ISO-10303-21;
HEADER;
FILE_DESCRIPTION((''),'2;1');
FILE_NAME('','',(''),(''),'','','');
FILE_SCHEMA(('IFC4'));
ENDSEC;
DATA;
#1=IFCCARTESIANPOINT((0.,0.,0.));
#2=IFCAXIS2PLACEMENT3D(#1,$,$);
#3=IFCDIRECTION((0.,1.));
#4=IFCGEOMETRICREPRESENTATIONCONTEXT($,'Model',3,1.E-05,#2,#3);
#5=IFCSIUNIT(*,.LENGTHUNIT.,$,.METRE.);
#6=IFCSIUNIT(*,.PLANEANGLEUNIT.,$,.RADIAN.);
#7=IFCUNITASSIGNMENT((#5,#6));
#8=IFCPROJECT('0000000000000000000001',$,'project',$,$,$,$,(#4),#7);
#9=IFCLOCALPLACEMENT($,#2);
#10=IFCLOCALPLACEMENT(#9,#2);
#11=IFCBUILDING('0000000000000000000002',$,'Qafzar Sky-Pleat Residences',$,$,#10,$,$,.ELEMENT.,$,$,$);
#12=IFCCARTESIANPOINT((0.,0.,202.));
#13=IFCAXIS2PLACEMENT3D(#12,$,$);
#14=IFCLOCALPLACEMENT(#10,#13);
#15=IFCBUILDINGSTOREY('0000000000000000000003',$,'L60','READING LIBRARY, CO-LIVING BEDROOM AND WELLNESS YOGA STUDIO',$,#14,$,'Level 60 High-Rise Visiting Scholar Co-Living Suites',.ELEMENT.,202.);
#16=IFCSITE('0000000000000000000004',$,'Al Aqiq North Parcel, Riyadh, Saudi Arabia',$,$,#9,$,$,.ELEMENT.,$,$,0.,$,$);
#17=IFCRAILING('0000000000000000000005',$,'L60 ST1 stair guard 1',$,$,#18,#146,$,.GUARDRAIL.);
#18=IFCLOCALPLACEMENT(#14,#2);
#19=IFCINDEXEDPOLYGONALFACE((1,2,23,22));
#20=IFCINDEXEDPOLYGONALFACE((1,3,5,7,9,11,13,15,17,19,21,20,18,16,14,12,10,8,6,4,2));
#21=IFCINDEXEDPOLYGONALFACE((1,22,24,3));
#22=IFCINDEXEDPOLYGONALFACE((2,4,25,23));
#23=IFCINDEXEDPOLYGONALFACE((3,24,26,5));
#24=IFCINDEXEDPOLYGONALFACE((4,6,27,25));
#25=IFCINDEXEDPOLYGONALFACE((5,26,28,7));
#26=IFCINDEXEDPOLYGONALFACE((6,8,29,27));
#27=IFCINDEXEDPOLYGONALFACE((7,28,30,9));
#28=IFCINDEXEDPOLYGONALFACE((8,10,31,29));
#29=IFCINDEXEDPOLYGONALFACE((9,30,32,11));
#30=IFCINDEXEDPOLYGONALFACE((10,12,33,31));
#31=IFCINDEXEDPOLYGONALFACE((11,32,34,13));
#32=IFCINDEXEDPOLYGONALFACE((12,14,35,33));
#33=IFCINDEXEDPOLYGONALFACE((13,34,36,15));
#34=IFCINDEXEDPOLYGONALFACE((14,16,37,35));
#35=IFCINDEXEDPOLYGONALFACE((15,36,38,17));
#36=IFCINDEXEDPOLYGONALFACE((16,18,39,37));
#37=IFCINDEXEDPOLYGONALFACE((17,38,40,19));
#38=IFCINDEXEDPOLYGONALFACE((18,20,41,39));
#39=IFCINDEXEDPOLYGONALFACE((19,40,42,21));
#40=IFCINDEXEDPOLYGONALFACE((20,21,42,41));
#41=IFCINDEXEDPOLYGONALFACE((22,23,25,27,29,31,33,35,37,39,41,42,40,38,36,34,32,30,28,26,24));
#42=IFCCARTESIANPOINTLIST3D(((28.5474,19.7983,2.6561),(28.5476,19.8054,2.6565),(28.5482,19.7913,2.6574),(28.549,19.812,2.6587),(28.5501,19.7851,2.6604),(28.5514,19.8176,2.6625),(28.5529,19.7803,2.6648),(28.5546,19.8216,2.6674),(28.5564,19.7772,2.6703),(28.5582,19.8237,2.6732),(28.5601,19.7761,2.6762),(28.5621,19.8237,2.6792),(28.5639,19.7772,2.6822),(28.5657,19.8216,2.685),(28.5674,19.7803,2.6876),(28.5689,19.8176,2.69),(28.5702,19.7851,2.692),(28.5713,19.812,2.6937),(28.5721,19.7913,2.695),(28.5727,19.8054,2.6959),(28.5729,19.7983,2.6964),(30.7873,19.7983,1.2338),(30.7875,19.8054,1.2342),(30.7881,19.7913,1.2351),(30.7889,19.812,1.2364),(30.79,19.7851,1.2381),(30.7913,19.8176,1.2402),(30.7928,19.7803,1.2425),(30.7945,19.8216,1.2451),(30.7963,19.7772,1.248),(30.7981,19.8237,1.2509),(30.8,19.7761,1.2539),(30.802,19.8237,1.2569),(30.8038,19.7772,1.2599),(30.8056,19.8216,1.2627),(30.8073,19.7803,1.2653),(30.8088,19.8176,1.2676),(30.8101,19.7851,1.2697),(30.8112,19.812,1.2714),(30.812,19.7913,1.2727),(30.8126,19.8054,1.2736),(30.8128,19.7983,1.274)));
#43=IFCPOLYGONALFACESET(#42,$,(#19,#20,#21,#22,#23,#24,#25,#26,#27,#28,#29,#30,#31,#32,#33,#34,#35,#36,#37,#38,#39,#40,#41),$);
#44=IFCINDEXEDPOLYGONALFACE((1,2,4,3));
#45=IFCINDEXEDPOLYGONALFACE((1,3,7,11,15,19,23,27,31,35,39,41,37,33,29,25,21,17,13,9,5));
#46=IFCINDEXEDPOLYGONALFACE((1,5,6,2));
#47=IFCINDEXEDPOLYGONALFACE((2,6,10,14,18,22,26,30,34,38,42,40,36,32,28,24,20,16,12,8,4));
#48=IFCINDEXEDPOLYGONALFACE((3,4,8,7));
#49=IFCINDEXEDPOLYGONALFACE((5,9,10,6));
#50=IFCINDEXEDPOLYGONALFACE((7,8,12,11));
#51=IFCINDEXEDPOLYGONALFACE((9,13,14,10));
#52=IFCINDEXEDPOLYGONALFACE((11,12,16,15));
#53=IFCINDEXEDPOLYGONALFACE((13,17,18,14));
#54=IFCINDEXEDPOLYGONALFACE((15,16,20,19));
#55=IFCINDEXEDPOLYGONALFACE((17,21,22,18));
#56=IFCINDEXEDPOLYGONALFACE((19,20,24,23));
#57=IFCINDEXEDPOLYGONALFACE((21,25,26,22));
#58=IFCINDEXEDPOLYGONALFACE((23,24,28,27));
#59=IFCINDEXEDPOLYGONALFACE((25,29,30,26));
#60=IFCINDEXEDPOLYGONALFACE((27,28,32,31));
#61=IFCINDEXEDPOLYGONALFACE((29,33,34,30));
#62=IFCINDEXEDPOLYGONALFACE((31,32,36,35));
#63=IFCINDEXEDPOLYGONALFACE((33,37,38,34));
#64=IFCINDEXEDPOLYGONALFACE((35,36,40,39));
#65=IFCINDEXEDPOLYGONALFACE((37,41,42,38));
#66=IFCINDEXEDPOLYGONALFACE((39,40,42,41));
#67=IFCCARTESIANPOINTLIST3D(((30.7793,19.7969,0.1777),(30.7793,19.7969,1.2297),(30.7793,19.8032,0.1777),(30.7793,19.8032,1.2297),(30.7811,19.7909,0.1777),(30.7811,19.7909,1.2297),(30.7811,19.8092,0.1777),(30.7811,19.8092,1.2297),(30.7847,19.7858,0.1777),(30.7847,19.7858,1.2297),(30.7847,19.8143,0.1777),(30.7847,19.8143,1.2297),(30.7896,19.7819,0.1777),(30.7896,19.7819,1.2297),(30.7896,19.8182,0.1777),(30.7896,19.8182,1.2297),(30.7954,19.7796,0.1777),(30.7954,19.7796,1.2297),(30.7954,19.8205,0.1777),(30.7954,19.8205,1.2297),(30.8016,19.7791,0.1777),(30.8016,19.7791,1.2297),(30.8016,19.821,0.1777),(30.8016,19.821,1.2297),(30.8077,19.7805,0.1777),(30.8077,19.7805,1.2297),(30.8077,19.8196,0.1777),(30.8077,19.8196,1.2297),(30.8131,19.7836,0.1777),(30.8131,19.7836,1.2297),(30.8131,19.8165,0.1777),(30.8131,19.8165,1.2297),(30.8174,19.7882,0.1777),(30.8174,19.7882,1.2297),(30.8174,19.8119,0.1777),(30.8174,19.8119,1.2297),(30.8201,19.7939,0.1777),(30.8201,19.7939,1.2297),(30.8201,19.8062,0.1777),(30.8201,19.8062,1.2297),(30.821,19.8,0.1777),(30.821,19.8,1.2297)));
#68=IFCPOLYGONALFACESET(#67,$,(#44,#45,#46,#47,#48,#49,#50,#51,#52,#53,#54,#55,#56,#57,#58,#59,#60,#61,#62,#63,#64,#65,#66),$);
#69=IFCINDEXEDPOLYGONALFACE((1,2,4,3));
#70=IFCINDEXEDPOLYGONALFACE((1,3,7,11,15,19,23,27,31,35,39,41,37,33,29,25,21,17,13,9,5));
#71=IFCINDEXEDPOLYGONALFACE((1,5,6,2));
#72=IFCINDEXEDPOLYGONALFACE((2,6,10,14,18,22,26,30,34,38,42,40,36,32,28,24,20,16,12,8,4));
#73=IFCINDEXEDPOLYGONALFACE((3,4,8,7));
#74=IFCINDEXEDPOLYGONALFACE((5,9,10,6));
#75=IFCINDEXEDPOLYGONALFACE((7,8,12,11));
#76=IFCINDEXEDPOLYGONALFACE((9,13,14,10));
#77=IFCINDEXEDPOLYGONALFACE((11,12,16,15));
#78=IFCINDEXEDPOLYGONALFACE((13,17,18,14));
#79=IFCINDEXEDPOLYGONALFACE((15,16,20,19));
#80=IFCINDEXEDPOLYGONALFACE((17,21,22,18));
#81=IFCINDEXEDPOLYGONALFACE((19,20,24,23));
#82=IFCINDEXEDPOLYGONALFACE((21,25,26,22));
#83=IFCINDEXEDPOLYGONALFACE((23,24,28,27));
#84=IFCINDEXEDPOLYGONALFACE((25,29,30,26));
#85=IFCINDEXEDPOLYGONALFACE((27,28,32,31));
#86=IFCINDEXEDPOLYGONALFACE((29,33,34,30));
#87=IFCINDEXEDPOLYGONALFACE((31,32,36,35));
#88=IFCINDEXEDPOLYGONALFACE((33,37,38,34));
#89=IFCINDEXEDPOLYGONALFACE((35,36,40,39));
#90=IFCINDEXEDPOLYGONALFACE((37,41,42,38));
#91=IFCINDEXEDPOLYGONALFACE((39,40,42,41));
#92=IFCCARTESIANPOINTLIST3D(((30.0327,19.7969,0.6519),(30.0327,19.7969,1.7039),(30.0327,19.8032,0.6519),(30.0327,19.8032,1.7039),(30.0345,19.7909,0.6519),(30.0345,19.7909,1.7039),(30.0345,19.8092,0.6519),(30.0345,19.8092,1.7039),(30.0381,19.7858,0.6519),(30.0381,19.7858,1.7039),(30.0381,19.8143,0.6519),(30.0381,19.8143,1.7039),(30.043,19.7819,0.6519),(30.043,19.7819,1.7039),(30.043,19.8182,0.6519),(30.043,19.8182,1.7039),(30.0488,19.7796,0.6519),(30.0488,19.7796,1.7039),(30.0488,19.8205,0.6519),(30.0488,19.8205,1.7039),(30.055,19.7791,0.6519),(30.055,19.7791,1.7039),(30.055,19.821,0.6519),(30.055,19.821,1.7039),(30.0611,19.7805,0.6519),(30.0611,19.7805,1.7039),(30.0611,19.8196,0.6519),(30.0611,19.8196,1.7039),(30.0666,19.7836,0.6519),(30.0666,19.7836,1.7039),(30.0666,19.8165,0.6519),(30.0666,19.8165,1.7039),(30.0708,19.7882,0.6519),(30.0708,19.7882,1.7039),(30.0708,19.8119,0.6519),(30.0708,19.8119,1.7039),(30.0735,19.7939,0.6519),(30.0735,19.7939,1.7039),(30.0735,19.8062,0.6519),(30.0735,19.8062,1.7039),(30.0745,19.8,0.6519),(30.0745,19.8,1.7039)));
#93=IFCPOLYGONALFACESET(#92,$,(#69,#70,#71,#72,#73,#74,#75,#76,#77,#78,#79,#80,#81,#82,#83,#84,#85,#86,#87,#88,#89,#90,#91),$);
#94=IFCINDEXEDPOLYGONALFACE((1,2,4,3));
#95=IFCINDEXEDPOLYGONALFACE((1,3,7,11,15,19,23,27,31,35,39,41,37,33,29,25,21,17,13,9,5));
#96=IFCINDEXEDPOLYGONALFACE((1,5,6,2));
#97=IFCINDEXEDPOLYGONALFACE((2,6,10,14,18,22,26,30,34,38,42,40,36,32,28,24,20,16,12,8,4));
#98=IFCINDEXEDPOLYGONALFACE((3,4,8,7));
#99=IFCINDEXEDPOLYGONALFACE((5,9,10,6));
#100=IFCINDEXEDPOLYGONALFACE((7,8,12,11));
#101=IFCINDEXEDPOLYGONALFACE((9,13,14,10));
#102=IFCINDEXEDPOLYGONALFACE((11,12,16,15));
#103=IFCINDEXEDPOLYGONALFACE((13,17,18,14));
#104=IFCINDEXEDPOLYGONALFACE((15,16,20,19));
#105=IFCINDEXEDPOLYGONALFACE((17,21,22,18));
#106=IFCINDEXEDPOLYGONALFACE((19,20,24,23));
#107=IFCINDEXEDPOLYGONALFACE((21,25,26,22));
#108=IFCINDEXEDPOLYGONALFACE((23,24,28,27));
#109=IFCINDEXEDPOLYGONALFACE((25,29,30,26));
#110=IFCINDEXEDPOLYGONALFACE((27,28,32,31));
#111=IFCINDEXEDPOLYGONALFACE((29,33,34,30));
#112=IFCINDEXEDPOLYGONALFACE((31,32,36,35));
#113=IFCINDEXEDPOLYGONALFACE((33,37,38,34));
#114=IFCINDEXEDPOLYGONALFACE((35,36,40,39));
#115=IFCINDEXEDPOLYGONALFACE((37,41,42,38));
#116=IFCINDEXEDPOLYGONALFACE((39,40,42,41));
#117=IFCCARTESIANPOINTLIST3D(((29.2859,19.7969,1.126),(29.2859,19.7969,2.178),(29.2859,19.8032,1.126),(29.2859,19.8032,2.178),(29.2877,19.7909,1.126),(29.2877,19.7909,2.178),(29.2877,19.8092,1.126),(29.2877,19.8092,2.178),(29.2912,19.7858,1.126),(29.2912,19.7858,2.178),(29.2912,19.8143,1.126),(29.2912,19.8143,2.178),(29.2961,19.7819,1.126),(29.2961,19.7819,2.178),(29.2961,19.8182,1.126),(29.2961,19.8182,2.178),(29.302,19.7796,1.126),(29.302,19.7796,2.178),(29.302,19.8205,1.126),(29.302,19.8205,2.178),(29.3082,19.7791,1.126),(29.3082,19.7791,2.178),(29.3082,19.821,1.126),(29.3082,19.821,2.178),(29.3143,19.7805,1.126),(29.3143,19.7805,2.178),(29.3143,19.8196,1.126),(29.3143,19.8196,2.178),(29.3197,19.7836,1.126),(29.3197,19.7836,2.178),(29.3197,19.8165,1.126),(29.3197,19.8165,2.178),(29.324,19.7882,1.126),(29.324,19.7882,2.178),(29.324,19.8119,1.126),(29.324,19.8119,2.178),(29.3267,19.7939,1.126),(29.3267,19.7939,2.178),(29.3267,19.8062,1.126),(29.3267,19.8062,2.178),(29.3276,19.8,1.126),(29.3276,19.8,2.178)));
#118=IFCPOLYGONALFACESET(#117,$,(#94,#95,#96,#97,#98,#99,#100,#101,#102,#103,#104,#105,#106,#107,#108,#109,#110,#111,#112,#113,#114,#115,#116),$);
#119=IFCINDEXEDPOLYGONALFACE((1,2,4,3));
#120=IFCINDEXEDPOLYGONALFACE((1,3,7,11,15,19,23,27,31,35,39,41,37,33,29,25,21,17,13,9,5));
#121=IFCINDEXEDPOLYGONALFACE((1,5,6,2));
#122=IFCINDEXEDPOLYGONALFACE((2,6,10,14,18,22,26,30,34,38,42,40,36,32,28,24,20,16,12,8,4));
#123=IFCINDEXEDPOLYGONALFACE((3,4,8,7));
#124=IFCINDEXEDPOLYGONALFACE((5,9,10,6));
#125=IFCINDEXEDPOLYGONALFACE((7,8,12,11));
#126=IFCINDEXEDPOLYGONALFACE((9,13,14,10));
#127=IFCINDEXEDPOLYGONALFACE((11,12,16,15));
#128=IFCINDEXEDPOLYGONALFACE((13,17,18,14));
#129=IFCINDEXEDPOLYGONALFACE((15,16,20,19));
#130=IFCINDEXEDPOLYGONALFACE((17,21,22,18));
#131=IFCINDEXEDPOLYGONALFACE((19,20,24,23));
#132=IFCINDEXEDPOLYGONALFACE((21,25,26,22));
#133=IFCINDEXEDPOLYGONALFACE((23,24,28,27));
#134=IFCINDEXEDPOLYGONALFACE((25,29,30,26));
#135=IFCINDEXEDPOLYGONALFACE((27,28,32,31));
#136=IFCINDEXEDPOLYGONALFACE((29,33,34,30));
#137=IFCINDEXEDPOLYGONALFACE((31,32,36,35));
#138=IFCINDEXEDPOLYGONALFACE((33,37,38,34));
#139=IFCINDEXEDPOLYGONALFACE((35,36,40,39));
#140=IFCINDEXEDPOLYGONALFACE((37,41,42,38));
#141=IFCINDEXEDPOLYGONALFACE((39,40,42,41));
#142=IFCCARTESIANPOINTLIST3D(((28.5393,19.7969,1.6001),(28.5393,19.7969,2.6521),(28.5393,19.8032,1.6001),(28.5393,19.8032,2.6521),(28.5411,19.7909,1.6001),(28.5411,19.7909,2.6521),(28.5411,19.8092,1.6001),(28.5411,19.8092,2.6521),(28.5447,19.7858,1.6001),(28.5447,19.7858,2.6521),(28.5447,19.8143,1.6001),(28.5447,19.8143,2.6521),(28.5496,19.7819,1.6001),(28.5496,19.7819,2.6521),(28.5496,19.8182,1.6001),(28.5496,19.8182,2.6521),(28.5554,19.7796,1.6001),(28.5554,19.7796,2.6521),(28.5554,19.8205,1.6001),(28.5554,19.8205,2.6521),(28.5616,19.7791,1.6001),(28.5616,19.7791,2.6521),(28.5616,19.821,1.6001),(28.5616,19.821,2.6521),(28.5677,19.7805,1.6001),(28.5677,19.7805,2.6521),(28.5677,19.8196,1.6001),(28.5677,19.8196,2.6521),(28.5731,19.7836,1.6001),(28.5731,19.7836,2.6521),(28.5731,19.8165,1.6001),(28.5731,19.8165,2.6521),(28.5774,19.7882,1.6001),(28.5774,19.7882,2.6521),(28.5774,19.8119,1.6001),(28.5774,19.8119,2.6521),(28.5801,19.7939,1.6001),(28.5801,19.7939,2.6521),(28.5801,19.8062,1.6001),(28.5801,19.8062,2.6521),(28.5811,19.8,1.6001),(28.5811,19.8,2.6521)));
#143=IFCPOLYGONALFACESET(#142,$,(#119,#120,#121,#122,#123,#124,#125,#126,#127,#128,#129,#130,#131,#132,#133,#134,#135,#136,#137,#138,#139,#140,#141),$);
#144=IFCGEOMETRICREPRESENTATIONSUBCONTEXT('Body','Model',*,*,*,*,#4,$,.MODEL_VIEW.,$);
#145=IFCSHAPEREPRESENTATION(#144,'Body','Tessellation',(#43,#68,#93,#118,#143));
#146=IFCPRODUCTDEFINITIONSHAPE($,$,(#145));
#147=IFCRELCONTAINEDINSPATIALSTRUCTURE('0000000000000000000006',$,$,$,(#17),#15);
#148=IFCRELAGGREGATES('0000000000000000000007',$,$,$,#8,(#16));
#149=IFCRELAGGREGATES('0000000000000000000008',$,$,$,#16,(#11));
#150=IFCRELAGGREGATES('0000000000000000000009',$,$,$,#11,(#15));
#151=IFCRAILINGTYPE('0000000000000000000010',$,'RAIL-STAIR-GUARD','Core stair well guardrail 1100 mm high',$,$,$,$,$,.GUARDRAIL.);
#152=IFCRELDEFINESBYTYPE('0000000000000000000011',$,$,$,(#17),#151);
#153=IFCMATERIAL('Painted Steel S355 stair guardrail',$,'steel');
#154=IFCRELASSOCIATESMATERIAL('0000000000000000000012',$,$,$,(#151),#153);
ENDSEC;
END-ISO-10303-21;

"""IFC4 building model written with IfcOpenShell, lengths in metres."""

from ifc_helpers import new_model, si_unit, direction, frame, origin, origin_2d, place, context, subcontext, project, spatial, circle, extrude, source, transform, mapped, material, type_object, element, save


model = new_model("IFC4")

# Units and contexts
model_context = context("Model", 3, precision=1e-05, world=origin(), true_north=direction((0.0, 1.0)))
body_context = subcontext(model_context, "Body", "Model", "MODEL_VIEW")
ifc_project = project(units=[si_unit("LENGTHUNIT", "METRE"), si_unit("PLANEANGLEUNIT", "RADIAN")], contexts=[model_context])

# Site, building, storey
site_placement = place(None, origin())
site = spatial("IfcSite", under=ifc_project, at=site_placement, Name="Al Aqiq North Parcel, Riyadh, Saudi Arabia", CompositionType="ELEMENT", RefElevation=0.0)
building_placement = place(site_placement, origin())
building = spatial("IfcBuilding", under=site, at=building_placement, Name="Qafzar Sky-Pleat Residences", CompositionType="ELEMENT")
storey_placement = place(building_placement, frame((0.0, 0.0, 202.0)))
storey = spatial("IfcBuildingStorey", under=building, at=storey_placement, Name="L60", Description="READING LIBRARY, CO-LIVING BEDROOM AND WELLNESS YOGA STUDIO", LongName="Level 60 High-Rise Visiting Scholar Co-Living Suites", CompositionType="ELEMENT", Elevation=202.0)

# Railing
ifc_material_1 = material(Name="Painted Steel S355 stair guardrail", Category="steel")
railing_type_1 = type_object("IfcRailingType", Name="RAIL-STAIR-GUARD", Description="Core stair well guardrail 1100 mm high", PredefinedType="GUARDRAIL", material=ifc_material_1)
shared_shape_1 = source(origin(), body_context, "Body", "SweptSolid", [
    extrude(circle(Radius=0.0239, at=origin_2d()), frame((0.0, 0.0, 1.0762), z_axis=(-0.844188, 0.0, 0.536048), x_axis=(0.0, -1.0, 0.0)), (0.0, 0.0, 1.0), 2.6533),
    extrude(circle(Radius=0.021, at=origin_2d()), origin(), (0.0, 0.0, 1.0), 1.052),
    extrude(circle(Radius=0.021, at=origin_2d()), frame((-0.7466, 0.0, 0.4741)), (0.0, 0.0, 1.0), 1.052),
    extrude(circle(Radius=0.021, at=origin_2d()), frame((-1.4934, 0.0, 0.9482)), (0.0, 0.0, 1.0), 1.052),
    extrude(circle(Radius=0.021, at=origin_2d()), frame((-2.24, 0.0, 1.4224)), (0.0, 0.0, 1.0), 1.052),
])
railing_1_placement = place(storey_placement, frame((30.8, 19.8, 0.1777)))
element("IfcRailing", 1, at=railing_1_placement, inside=storey, type_object=railing_type_1, Name="L60 ST1 stair guard 1", PredefinedType="GUARDRAIL", context=body_context, shape_type="MappedRepresentation", body=[
    mapped(shared_shape_1, transform((0.0, 0.0, 0.0), x_axis=(1.0, 0.0, 0.0), y_axis=(0.0, 1.0, 0.0), z_axis=(0.0, 0.0, 1.0), scale=1.0)),
])

save(model, "model.ifc")
